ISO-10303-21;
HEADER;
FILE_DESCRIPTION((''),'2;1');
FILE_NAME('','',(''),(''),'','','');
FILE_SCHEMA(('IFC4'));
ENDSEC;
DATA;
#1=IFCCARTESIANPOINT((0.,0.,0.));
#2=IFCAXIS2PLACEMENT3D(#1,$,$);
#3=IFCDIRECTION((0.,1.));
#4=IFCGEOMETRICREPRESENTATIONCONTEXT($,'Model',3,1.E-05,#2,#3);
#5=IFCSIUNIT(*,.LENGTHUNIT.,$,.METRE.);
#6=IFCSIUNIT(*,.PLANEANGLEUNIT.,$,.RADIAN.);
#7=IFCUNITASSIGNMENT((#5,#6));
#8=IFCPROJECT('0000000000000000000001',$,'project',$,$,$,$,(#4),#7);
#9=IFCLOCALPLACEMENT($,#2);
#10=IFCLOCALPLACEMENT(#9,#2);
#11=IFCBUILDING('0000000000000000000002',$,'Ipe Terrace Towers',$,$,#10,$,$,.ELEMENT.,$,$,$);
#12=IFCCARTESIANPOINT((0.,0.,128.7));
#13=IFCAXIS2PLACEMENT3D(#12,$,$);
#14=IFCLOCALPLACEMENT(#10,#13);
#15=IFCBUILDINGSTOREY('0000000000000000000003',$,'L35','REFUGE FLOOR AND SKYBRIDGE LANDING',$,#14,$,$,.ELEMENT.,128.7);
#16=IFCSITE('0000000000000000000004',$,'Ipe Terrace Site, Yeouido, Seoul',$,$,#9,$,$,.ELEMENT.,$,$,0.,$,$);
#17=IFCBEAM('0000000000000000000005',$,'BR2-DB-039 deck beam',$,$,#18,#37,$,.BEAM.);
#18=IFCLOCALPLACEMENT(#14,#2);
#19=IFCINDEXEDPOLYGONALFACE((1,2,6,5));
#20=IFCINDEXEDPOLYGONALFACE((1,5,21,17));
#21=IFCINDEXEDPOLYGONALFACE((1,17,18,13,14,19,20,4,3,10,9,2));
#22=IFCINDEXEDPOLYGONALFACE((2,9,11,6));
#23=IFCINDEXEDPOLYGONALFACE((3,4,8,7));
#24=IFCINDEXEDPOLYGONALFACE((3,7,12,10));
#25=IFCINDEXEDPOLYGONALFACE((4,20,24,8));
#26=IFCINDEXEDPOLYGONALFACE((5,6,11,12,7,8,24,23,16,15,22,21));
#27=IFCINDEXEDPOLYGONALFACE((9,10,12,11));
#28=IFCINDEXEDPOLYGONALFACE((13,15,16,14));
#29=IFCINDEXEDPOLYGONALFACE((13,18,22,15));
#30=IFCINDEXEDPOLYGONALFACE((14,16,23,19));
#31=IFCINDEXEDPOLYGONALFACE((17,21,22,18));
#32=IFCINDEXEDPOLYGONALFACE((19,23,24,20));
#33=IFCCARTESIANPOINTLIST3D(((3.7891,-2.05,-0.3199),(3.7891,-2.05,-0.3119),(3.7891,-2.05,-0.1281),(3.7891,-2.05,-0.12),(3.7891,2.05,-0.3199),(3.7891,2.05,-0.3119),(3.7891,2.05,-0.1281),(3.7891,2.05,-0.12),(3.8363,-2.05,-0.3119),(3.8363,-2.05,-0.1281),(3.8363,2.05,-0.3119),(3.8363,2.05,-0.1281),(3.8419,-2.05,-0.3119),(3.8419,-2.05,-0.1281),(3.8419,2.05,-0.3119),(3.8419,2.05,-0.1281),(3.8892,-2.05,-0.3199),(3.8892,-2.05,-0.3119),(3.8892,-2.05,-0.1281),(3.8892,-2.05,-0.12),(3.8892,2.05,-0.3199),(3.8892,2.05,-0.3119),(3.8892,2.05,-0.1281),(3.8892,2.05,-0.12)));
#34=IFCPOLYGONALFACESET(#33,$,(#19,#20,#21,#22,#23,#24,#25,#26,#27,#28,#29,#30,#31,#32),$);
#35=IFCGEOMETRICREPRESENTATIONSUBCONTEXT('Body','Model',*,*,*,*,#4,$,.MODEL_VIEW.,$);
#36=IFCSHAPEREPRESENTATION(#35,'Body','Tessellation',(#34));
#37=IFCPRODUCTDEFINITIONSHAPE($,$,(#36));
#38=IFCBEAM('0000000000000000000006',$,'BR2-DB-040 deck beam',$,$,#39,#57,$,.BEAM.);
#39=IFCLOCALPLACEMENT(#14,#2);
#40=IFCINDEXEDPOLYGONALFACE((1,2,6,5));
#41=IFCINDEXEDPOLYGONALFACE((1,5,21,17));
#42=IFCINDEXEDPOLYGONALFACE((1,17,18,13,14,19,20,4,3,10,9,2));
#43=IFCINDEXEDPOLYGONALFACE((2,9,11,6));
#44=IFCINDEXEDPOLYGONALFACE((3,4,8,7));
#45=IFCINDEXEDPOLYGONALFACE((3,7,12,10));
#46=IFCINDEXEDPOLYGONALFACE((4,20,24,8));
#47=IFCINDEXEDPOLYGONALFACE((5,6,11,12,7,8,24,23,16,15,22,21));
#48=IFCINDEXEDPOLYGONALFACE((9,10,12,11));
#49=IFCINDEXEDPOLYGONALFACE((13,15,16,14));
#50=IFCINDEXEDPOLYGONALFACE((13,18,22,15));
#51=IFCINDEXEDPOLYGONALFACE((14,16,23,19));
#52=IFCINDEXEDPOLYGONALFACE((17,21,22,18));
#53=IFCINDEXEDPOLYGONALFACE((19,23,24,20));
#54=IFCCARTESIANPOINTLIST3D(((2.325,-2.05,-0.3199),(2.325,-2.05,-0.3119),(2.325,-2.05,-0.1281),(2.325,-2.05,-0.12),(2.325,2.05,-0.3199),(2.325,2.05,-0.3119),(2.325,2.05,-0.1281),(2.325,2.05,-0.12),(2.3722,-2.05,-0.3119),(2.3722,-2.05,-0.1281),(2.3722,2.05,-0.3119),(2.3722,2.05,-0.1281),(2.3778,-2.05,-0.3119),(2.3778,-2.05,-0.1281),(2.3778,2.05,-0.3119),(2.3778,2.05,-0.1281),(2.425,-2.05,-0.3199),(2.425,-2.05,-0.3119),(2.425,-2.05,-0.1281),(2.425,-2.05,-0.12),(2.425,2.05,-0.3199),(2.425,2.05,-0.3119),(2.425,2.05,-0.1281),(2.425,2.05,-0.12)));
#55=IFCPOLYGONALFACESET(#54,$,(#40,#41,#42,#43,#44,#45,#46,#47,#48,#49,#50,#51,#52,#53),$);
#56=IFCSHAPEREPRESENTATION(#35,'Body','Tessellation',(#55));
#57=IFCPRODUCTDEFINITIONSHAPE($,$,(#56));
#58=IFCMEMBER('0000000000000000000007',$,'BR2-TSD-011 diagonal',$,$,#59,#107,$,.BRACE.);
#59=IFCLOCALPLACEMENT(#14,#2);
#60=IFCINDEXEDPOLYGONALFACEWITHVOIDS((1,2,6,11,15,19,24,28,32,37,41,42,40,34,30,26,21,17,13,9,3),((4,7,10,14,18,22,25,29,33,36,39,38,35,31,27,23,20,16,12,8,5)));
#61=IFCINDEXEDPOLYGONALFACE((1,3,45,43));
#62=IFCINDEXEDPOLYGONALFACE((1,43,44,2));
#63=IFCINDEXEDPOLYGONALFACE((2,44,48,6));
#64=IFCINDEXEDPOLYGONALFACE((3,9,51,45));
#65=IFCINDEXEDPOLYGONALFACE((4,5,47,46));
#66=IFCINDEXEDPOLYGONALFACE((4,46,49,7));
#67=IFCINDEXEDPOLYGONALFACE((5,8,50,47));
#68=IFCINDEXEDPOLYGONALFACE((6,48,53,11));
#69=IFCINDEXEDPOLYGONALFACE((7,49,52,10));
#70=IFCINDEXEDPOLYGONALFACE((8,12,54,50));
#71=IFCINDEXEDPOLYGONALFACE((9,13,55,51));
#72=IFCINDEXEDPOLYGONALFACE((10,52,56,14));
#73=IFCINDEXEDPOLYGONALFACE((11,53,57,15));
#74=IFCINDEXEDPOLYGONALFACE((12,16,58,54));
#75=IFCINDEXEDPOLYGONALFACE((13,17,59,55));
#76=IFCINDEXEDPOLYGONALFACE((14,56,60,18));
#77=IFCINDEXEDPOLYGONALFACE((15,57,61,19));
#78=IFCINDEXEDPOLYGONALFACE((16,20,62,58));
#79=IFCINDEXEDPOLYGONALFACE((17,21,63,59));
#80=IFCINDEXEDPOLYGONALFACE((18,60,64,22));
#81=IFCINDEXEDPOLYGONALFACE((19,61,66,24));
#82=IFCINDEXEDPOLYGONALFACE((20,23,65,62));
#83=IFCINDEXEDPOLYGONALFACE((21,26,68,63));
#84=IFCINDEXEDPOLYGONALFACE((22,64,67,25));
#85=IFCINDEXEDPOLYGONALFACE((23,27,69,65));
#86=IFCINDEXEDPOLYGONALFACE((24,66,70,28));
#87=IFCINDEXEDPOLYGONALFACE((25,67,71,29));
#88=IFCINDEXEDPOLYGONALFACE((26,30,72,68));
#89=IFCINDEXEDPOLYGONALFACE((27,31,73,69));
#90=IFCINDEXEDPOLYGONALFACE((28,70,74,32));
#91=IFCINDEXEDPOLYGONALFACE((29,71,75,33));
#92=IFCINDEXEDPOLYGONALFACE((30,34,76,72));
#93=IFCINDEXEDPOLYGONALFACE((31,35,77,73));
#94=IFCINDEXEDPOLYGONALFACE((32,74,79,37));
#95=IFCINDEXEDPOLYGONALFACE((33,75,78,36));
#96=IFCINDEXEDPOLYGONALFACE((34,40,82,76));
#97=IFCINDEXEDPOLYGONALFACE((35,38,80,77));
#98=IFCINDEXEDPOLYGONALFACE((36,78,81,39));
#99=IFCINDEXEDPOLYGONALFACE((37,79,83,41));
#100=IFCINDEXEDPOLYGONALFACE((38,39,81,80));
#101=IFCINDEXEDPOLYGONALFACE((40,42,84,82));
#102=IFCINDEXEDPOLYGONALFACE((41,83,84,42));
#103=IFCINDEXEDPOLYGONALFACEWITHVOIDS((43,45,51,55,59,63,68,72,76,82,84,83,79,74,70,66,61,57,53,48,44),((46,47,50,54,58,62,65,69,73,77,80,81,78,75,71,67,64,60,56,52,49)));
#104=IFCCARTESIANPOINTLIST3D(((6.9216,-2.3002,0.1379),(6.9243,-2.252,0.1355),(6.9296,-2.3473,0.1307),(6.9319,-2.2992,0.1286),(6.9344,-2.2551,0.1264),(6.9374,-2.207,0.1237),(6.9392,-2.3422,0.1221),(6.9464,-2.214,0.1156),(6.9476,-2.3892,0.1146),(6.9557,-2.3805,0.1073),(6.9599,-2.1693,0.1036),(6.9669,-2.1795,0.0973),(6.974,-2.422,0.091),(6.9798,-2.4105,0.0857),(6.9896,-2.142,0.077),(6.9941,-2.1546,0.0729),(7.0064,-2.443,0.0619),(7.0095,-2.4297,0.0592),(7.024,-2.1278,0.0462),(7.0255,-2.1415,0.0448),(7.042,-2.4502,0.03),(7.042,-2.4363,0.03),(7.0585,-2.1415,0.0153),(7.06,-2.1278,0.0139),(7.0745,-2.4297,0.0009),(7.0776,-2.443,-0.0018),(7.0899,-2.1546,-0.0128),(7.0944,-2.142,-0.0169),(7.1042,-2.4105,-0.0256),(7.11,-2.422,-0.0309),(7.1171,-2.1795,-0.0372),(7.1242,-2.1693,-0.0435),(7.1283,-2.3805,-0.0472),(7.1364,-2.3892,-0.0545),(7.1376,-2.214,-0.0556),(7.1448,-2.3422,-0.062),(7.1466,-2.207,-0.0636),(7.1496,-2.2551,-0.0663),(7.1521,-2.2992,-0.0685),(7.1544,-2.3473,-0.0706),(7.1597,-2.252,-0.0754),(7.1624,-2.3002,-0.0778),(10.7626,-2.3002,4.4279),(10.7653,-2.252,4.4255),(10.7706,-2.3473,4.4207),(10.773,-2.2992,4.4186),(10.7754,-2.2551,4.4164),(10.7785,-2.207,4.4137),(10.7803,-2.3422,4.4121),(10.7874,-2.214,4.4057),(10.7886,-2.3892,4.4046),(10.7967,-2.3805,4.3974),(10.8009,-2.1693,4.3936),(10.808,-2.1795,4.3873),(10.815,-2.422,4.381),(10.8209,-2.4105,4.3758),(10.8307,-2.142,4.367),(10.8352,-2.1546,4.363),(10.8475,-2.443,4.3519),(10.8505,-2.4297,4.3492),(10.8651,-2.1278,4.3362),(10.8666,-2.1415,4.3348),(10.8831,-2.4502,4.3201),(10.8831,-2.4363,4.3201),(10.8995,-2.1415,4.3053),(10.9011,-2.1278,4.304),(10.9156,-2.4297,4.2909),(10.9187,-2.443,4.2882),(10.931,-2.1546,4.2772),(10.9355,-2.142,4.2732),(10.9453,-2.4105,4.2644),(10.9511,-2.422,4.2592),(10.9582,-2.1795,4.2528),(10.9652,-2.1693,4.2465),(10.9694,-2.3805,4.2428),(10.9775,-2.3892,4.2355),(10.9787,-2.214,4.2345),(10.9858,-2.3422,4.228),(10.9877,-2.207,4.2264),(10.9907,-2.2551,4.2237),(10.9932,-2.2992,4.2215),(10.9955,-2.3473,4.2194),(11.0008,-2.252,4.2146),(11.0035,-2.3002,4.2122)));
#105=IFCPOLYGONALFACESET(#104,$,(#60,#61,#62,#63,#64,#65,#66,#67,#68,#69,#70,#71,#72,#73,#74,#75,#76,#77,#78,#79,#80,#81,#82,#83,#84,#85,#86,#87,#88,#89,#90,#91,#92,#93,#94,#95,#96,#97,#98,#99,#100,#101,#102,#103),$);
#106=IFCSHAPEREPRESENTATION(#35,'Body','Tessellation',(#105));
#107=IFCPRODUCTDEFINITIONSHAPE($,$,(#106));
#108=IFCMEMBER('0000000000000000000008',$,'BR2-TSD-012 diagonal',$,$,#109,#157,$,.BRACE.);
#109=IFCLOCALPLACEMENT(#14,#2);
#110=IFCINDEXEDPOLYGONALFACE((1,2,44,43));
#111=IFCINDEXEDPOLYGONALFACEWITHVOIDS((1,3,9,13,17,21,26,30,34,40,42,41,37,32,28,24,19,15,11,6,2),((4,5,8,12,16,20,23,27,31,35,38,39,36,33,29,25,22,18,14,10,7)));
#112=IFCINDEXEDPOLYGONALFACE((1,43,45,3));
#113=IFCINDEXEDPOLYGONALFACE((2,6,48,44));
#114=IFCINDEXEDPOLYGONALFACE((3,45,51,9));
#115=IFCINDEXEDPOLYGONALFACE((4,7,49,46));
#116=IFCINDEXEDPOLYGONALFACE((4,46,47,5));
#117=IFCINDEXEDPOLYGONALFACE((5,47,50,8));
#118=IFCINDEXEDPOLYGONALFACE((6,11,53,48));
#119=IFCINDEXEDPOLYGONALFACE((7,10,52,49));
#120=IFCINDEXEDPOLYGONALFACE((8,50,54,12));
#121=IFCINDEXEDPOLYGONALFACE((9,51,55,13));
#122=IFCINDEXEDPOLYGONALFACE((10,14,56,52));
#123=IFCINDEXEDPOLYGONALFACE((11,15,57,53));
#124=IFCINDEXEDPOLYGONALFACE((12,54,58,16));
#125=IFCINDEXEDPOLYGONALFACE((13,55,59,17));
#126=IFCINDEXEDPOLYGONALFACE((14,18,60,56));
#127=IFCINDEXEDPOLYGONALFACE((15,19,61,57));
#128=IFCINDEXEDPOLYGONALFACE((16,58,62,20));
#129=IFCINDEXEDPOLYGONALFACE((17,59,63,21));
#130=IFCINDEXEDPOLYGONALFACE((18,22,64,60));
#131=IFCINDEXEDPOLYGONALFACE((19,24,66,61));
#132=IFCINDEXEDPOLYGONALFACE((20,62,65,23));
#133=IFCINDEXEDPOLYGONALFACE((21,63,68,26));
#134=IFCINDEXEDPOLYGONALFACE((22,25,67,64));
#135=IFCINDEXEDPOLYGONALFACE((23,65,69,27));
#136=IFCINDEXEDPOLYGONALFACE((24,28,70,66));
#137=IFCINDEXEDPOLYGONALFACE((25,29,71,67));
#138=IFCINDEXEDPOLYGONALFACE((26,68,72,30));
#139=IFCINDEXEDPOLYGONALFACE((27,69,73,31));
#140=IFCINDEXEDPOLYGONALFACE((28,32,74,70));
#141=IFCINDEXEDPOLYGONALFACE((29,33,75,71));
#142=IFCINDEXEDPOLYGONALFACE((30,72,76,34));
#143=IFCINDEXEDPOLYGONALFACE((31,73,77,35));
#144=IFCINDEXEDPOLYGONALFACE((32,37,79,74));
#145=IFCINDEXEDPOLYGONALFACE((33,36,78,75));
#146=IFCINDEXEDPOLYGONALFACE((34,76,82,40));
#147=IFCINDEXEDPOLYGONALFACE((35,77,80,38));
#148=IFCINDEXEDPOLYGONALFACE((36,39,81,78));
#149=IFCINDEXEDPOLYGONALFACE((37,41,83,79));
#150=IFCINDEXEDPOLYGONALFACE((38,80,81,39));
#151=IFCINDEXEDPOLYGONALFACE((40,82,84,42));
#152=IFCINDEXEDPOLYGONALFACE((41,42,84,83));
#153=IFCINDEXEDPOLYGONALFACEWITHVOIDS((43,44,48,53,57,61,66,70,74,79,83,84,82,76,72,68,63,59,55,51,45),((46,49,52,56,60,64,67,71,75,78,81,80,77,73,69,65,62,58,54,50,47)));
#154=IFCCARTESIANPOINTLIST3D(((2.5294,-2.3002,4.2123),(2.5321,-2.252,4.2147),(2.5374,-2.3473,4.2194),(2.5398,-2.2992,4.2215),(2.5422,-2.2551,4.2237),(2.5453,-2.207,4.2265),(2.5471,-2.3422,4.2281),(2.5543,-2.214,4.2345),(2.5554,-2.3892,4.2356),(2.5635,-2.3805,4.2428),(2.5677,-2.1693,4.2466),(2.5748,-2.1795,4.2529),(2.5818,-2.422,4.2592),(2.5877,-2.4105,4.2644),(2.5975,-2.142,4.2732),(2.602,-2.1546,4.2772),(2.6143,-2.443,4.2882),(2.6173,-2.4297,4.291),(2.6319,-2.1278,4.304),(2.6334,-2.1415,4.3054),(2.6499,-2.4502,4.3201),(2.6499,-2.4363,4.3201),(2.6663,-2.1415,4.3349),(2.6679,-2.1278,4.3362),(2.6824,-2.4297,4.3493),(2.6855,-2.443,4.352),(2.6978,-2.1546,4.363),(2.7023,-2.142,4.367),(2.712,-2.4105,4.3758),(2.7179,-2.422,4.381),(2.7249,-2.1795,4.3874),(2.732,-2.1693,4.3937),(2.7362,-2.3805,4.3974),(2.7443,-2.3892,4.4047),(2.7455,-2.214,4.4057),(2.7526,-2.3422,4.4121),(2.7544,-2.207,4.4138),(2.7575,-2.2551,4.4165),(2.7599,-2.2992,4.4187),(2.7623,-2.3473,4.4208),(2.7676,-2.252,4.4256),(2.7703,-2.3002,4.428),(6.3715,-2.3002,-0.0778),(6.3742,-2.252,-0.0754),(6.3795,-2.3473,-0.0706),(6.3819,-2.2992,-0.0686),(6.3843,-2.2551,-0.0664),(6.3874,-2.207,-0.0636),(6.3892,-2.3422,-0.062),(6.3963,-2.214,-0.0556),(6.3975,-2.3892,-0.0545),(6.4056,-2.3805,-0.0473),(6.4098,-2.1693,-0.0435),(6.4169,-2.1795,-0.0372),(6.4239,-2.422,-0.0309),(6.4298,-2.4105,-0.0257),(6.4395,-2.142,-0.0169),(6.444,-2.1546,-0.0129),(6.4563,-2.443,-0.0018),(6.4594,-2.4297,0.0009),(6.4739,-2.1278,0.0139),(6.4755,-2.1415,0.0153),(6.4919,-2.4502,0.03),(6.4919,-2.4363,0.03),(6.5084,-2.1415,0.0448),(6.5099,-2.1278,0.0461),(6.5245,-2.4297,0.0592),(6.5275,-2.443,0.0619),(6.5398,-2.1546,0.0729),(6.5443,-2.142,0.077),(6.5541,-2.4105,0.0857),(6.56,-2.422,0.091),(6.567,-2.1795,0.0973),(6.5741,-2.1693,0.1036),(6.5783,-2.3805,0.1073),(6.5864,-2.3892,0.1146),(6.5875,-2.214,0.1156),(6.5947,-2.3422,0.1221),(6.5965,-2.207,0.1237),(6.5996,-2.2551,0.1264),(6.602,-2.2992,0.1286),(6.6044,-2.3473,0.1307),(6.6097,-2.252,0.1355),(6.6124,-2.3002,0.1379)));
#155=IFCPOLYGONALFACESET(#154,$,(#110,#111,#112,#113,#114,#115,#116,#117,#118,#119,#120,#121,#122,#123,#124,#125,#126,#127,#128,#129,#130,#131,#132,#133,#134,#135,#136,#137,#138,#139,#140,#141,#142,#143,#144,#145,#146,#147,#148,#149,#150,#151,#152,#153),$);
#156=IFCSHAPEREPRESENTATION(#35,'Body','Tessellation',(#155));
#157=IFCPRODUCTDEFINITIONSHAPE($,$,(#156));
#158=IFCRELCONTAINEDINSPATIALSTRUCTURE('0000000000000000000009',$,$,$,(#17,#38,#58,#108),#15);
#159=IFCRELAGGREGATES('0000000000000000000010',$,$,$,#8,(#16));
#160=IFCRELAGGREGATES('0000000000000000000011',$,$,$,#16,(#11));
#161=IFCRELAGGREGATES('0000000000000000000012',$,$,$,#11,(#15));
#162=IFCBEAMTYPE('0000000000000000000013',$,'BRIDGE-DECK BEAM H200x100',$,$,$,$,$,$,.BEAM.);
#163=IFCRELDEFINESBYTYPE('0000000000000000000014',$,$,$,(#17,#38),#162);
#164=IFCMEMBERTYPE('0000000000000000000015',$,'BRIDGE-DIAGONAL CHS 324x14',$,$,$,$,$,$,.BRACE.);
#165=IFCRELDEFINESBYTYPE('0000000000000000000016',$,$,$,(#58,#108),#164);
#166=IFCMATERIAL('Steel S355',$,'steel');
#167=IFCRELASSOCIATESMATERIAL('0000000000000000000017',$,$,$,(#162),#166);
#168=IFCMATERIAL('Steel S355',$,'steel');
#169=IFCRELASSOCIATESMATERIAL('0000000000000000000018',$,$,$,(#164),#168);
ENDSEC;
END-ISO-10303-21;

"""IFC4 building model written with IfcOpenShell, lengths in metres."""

from ifc_helpers import new_model, si_unit, direction, frame, origin, origin_2d, place, context, subcontext, project, spatial, hollow_circle, i_section, extrude, material, material_profile, profile_set, type_object, element, save


model = new_model("IFC4")

# Units and contexts
model_context = context("Model", 3, precision=1e-05, world=origin(), true_north=direction((0.0, 1.0)))
body_context = subcontext(model_context, "Body", "Model", "MODEL_VIEW")
ifc_project = project(units=[si_unit("LENGTHUNIT", "METRE"), si_unit("PLANEANGLEUNIT", "RADIAN")], contexts=[model_context])

# Site, building, storey
site_placement = place(None, origin())
site = spatial("IfcSite", under=ifc_project, at=site_placement, Name="Ipe Terrace Site, Yeouido, Seoul", CompositionType="ELEMENT", RefElevation=0.0)
building_placement = place(site_placement, origin())
building = spatial("IfcBuilding", under=site, at=building_placement, Name="Ipe Terrace Towers", CompositionType="ELEMENT")
storey_placement = place(building_placement, frame((0.0, 0.0, 128.7)))
storey = spatial("IfcBuildingStorey", under=building, at=storey_placement, Name="L35", Description="REFUGE FLOOR AND SKYBRIDGE LANDING", CompositionType="ELEMENT", Elevation=128.7)

# Beams
ifc_material_1 = material(Name="Steel S355", Category="steel")
ifc_material_profile_1 = material_profile(ifc_material_1, i_section(OverallWidth=0.1001, OverallDepth=0.2, WebThickness=0.0056, FlangeThickness=0.0081, at=origin_2d()), Name="H200x100")
ifc_profile_set_1 = profile_set([ifc_material_profile_1], Name="Steel S355")
beam_type_1 = type_object("IfcBeamType", Name="BRIDGE-DECK BEAM H200x100", PredefinedType="BEAM", material=ifc_profile_set_1)
for number, where, z_axis, x_axis, name in (
    (1, (3.8391, -2.05, -0.22), (0.0, 1.0, 0.0), (-1.0, 0.0, 0.0), "BR2-DB-039 deck beam"),
    (2, (2.375, -2.05, -0.22), (0.0, 1.0, 0.0), (-1.0, 0.0, 0.0), "BR2-DB-040 deck beam"),
):
    element("IfcBeam", number, at=place(storey_placement, frame(where, z_axis=z_axis, x_axis=x_axis)), inside=storey, type_object=beam_type_1, Name=name, PredefinedType="BEAM", context=body_context, shape_type="SweptSolid", body=[
        extrude(i_section(OverallWidth=0.1001, OverallDepth=0.2, WebThickness=0.0056, FlangeThickness=0.0081, at=origin_2d()), origin(), (0.0, 0.0, 1.0), 4.1001),
    ])

# Members
ifc_material_2 = material(Name="Steel S355", Category="steel")
ifc_material_profile_2 = material_profile(ifc_material_2, hollow_circle(Radius=0.1621, WallThickness=0.0139, at=origin_2d()), Name="BRIDGE-DIAGONAL CHS 324x14")
ifc_profile_set_2 = profile_set([ifc_material_profile_2], Name="Steel S355")
member_type_1 = type_object("IfcMemberType", Name="BRIDGE-DIAGONAL CHS 324x14", PredefinedType="BRACE", material=ifc_profile_set_2)
member_1_placement = place(storey_placement, frame((10.8831, -2.2881, 4.3201), z_axis=(-0.667046, 0.0, -0.745016), x_axis=(0.0, -1.0, 0.0)))
element("IfcMember", 3, at=member_1_placement, inside=storey, type_object=member_type_1, Name="BR2-TSD-011 diagonal", PredefinedType="BRACE", context=body_context, shape_type="SweptSolid", body=[
    extrude(hollow_circle(Radius=0.1621, WallThickness=0.0139, at=origin_2d()), origin(), (0.0, 0.0, 1.0), 5.7583),
])
member_2_placement = place(storey_placement, frame((6.4919, -2.2881, 0.03), z_axis=(-0.667141, 0.0, 0.744932), x_axis=(0.0, -1.0, 0.0)))
element("IfcMember", 4, at=member_2_placement, inside=storey, type_object=member_type_1, Name="BR2-TSD-012 diagonal", PredefinedType="BRACE", context=body_context, shape_type="SweptSolid", body=[
    extrude(hollow_circle(Radius=0.1621, WallThickness=0.0139, at=origin_2d()), origin(), (0.0, 0.0, 1.0), 5.759),
])

save(model, "model.ifc")
